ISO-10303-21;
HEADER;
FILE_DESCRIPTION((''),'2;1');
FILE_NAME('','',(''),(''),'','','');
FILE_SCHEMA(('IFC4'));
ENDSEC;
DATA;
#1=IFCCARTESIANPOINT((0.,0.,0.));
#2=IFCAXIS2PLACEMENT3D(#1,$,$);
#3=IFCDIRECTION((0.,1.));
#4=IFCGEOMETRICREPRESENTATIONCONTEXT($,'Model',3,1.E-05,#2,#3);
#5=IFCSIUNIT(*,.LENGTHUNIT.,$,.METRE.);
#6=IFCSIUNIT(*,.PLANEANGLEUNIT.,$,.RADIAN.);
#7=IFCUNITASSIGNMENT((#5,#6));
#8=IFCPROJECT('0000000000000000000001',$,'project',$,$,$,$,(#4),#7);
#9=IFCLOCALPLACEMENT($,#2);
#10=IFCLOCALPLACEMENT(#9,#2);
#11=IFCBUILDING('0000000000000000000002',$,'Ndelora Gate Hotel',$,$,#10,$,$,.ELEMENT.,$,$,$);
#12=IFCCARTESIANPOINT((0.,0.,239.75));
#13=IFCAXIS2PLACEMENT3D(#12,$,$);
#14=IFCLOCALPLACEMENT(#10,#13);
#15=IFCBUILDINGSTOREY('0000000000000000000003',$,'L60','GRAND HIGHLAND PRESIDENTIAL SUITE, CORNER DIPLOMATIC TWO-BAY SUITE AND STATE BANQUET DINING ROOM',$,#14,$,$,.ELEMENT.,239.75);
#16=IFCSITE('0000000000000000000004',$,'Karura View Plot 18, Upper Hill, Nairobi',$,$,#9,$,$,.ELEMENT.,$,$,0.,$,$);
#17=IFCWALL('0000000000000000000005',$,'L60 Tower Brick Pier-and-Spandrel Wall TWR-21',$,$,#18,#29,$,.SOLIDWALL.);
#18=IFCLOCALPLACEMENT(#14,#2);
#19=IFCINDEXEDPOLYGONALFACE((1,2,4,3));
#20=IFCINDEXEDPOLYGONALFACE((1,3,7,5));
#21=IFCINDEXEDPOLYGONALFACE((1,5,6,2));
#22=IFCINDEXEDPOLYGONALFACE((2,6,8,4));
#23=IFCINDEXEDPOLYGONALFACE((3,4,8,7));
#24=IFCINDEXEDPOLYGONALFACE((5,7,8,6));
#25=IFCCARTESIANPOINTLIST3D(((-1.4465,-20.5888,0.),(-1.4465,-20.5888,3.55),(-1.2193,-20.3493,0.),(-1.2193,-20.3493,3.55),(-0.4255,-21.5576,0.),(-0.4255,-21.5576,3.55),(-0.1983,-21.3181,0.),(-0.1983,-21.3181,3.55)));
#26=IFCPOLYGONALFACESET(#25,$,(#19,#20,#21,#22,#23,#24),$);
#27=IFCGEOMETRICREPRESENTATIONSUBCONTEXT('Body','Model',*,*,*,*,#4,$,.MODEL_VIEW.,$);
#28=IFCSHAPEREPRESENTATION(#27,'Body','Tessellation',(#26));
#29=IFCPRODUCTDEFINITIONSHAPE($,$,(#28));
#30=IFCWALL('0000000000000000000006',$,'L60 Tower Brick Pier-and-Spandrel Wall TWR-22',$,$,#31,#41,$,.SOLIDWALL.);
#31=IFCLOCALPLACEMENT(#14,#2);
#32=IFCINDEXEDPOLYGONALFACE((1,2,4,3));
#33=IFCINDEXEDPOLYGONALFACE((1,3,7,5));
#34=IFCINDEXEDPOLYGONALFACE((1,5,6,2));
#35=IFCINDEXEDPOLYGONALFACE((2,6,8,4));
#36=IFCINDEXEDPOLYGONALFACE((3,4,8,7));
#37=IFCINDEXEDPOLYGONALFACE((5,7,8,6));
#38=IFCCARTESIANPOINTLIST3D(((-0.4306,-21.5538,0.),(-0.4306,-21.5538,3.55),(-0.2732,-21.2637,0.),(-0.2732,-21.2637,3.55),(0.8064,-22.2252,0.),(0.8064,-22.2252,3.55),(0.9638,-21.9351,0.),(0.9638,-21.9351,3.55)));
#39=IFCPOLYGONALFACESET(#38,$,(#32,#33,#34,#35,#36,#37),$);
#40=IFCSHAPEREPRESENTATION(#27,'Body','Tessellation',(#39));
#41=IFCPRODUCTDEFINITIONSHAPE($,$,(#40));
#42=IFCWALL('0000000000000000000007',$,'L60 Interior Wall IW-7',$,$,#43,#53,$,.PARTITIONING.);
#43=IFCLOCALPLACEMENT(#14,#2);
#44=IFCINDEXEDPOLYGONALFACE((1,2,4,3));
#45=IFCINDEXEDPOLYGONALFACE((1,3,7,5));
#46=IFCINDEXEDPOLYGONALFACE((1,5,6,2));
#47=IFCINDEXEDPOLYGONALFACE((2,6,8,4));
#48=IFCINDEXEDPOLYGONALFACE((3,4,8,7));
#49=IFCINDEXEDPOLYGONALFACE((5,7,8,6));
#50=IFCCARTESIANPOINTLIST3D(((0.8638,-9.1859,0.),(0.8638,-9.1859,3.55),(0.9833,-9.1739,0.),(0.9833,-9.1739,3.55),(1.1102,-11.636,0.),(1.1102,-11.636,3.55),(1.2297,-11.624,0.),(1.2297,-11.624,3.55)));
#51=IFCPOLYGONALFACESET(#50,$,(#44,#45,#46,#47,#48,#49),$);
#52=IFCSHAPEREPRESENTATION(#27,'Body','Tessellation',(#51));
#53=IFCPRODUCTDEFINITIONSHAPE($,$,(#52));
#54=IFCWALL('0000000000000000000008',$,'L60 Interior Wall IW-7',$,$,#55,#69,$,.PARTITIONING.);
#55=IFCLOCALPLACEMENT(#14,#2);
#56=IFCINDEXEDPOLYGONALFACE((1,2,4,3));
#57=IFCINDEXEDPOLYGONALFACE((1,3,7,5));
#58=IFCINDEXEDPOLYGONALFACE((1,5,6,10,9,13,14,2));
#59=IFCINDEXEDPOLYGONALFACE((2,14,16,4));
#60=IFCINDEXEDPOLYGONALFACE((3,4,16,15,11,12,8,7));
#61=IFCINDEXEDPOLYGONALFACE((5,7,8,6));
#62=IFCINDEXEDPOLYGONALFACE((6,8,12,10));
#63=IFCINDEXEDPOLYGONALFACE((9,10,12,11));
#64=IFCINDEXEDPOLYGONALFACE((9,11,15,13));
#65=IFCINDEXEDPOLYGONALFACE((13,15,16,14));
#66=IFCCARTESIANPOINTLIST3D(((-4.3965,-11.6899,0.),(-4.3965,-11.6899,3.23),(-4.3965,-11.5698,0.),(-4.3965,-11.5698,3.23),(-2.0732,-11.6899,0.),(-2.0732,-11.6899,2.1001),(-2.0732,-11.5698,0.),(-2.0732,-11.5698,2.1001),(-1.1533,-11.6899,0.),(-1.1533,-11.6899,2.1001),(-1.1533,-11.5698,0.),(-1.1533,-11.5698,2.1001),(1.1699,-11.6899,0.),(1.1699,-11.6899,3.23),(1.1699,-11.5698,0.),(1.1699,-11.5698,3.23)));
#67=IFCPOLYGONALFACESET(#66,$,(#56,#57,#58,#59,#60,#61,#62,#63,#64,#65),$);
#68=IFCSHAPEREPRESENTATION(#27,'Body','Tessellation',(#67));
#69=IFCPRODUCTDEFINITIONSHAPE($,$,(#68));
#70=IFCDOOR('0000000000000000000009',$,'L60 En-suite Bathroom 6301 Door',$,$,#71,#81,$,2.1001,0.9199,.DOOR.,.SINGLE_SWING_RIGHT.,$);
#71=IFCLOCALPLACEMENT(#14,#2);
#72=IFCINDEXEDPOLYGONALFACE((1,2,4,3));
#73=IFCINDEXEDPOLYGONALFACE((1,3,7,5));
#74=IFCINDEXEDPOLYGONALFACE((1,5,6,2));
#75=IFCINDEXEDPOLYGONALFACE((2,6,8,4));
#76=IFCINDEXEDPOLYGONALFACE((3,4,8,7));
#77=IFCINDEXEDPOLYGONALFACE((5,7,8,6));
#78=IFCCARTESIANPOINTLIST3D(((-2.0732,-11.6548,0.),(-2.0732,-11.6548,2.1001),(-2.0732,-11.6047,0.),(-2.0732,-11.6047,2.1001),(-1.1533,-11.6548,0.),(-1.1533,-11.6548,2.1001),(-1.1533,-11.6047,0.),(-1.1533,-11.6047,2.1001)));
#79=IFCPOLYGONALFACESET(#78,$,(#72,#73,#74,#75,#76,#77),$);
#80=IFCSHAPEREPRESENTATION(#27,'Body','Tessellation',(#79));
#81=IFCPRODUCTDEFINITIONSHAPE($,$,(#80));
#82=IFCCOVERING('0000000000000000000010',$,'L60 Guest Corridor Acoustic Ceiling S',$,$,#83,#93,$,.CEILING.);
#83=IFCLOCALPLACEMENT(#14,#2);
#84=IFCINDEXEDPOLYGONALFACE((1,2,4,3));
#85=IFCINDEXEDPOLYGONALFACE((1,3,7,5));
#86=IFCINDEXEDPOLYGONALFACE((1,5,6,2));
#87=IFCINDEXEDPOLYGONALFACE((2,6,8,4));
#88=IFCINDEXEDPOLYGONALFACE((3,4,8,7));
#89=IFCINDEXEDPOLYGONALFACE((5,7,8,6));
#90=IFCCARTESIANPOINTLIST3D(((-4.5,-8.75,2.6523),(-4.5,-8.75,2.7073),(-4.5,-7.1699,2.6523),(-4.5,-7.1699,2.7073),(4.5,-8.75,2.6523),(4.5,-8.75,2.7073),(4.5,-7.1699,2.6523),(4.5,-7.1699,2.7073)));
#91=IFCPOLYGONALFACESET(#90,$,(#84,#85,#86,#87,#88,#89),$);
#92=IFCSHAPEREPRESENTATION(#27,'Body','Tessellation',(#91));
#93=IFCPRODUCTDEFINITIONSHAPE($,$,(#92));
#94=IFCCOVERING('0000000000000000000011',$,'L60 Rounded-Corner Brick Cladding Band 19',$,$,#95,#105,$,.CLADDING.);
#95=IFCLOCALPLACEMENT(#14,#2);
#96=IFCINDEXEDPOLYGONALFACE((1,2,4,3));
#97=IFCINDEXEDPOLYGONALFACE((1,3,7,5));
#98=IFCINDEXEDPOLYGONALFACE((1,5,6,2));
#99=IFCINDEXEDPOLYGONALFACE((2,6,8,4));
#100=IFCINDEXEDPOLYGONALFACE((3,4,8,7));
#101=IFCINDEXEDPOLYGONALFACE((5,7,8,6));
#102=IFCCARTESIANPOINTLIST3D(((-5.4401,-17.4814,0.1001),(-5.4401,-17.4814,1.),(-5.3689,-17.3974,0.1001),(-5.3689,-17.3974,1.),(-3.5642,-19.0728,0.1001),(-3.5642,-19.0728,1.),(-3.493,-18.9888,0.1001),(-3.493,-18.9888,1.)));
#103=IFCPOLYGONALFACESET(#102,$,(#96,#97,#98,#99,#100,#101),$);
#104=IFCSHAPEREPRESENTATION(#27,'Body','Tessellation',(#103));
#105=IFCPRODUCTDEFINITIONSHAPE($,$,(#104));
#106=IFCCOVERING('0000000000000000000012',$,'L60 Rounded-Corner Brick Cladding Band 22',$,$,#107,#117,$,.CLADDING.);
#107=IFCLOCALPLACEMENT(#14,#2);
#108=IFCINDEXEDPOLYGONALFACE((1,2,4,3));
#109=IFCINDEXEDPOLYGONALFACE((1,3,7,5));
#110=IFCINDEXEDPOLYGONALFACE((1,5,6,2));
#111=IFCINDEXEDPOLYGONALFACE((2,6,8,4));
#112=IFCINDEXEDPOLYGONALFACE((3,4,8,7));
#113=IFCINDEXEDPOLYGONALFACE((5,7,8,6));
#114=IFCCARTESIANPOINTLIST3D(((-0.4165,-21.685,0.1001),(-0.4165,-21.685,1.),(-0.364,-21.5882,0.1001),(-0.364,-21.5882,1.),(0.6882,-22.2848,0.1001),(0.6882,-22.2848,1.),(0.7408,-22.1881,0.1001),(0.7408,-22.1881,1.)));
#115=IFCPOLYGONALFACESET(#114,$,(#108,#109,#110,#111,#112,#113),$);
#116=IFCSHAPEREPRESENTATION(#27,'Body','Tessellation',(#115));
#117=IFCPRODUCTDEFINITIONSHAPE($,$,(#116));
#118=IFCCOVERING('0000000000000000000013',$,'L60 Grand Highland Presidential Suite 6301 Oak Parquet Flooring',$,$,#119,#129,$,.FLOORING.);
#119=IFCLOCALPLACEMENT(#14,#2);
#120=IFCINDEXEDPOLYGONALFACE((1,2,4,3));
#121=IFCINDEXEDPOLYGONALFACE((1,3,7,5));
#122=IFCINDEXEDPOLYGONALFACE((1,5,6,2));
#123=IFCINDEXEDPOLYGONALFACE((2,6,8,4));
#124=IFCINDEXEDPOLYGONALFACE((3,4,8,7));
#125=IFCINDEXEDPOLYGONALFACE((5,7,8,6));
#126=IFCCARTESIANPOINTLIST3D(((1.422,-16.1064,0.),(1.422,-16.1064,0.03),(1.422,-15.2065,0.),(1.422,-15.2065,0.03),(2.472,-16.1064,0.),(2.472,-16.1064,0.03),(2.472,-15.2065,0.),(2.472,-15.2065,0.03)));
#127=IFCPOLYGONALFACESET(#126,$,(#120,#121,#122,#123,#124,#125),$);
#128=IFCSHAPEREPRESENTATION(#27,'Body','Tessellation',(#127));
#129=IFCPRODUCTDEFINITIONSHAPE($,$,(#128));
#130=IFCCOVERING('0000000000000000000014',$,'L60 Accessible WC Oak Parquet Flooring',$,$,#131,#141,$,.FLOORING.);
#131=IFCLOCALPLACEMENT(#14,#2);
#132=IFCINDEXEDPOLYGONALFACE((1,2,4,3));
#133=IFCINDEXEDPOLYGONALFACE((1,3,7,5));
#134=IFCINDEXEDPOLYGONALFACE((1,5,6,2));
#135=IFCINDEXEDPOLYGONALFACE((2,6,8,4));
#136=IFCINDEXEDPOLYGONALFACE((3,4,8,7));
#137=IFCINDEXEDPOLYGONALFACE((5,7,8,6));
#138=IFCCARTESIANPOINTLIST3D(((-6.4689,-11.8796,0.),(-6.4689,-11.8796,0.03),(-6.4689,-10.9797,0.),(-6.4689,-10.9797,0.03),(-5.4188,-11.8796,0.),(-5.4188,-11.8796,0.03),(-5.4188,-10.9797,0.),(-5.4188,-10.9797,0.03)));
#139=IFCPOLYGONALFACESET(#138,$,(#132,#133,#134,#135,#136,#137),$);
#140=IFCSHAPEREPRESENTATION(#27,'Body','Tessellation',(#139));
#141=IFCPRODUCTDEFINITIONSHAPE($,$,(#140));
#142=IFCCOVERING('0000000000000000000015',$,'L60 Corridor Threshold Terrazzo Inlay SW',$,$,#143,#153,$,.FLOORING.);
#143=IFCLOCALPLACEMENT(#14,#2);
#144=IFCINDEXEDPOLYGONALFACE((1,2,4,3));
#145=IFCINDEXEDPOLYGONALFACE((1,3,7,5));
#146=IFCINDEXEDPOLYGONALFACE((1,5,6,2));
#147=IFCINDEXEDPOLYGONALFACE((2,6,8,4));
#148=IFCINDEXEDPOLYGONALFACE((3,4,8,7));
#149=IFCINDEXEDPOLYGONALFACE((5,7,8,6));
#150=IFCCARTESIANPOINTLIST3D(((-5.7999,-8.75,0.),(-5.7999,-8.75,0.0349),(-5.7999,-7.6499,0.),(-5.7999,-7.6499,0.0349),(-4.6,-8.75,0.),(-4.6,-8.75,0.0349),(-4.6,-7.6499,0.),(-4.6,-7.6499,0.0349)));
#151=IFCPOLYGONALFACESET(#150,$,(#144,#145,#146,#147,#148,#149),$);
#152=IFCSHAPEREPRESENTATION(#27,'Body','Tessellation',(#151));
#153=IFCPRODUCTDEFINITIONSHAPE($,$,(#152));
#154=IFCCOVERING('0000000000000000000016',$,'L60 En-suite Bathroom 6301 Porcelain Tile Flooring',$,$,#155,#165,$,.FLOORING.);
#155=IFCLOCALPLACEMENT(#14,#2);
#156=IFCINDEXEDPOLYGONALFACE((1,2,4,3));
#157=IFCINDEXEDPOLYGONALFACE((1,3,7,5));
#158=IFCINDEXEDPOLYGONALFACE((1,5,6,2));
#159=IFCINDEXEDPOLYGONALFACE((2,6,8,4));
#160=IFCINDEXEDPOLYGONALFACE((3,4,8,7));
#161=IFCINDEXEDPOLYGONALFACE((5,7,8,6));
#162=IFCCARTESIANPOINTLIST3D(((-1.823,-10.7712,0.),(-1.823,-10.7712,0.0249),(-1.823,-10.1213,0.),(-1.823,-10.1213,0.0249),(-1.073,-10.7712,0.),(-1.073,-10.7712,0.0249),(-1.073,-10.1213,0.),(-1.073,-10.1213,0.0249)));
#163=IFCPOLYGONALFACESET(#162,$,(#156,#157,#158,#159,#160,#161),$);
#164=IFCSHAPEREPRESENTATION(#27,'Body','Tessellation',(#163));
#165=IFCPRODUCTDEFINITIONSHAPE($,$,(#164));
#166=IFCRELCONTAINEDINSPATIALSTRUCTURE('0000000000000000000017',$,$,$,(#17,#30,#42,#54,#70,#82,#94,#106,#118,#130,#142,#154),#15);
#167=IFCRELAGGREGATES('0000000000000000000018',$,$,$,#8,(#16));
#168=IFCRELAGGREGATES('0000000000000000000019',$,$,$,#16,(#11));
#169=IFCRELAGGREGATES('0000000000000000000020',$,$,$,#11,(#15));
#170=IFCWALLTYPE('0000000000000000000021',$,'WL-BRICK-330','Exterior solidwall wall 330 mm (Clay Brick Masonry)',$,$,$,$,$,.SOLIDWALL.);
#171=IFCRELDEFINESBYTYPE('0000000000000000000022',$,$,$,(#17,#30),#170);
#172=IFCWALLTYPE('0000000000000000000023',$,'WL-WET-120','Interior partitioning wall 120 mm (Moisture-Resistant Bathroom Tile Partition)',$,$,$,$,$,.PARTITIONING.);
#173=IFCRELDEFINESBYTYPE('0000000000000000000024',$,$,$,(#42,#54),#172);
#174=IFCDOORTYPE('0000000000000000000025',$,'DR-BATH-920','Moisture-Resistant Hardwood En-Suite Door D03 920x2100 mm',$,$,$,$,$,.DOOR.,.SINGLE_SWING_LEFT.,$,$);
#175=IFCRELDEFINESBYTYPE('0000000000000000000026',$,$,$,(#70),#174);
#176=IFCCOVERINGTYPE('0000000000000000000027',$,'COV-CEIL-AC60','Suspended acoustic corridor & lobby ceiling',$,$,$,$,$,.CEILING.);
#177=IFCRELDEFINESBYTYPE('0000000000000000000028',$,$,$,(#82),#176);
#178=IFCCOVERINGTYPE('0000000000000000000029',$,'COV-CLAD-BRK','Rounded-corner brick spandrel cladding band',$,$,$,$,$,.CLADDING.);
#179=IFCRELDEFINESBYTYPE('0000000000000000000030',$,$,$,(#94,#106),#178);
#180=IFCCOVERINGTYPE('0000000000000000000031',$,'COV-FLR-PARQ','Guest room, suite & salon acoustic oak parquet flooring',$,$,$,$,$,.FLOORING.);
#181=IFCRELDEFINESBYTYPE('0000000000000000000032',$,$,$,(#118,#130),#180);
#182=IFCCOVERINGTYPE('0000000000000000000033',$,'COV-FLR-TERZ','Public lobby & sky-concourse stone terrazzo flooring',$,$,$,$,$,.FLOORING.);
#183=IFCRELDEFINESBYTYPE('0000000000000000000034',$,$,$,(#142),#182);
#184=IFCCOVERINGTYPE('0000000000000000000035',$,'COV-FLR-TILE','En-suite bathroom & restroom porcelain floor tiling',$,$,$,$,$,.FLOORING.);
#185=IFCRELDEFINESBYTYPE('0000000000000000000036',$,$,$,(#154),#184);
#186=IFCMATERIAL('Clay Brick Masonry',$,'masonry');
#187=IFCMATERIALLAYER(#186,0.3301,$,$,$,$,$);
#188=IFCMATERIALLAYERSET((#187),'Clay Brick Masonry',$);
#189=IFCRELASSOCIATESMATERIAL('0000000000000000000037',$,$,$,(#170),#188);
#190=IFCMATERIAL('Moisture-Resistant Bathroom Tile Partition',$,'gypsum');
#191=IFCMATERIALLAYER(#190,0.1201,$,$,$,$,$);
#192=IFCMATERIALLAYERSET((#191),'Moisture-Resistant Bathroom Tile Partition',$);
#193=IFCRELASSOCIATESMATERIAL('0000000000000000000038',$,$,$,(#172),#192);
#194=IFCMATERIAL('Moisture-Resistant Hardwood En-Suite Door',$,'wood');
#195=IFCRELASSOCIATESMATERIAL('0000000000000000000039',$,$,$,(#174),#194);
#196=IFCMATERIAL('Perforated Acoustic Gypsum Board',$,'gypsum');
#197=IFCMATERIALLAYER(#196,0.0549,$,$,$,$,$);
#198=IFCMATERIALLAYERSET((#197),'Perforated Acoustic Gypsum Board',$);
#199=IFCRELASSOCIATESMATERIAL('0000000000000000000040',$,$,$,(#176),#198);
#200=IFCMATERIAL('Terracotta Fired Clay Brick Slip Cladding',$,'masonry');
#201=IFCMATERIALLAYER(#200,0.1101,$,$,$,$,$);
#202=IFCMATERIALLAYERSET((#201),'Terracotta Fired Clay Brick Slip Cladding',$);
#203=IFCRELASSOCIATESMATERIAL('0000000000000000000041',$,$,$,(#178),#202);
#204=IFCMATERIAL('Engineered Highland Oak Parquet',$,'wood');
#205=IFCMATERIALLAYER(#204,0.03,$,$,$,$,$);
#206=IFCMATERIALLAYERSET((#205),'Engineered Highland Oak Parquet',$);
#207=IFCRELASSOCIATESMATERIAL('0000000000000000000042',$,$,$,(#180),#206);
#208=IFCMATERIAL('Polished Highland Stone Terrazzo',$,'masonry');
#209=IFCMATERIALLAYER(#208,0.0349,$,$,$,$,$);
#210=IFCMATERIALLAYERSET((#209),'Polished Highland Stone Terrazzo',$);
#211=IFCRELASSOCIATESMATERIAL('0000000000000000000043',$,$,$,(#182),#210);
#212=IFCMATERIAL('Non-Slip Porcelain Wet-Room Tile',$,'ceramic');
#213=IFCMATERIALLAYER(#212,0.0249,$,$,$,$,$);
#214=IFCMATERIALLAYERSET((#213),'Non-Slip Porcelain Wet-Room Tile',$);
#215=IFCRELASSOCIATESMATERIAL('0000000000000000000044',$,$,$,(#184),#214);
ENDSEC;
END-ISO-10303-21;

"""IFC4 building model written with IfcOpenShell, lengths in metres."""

from ifc_helpers import new_model, si_unit, direction, frame, frame_2d, origin, origin_2d, place, context, subcontext, project, spatial, rectangle, extrude, material, layer, layer_set, type_object, element, fill, save


model = new_model("IFC4")

# Units and contexts
model_context = context("Model", 3, precision=1e-05, world=origin(), true_north=direction((0.0, 1.0)))
body_context = subcontext(model_context, "Body", "Model", "MODEL_VIEW")
ifc_project = project(units=[si_unit("LENGTHUNIT", "METRE"), si_unit("PLANEANGLEUNIT", "RADIAN")], contexts=[model_context])

# Site, building, storey
site_placement = place(None, origin())
site = spatial("IfcSite", under=ifc_project, at=site_placement, Name="Karura View Plot 18, Upper Hill, Nairobi", CompositionType="ELEMENT", RefElevation=0.0)
building_placement = place(site_placement, origin())
building = spatial("IfcBuilding", under=site, at=building_placement, Name="Ndelora Gate Hotel", CompositionType="ELEMENT")
storey_placement = place(building_placement, frame((0.0, 0.0, 239.75)))
storey = spatial("IfcBuildingStorey", under=building, at=storey_placement, Name="L60", Description="GRAND HIGHLAND PRESIDENTIAL SUITE, CORNER DIPLOMATIC TWO-BAY SUITE AND STATE BANQUET DINING ROOM", CompositionType="ELEMENT", Elevation=239.75)

# Shared definitions
ifc_material_1 = material(Name="Clay Brick Masonry", Category="masonry")
ifc_layer_1 = layer(ifc_material_1, 0.3301)
ifc_layer_set_1 = layer_set([ifc_layer_1], Name="Clay Brick Masonry")
wall_type_1 = type_object("IfcWallType", Name="WL-BRICK-330", Description="Exterior solidwall wall 330 mm (Clay Brick Masonry)", PredefinedType="SOLIDWALL", material=ifc_layer_set_1)

# Walls
for number, where, z_axis, x_axis, name in (
    (1, (-0.312, -21.4377, 0.0), (0.0, 0.0, 1.0), (-0.725424, 0.688303, 0.0), "L60 Tower Brick Pier-and-Spandrel Wall TWR-21"),
    (2, (0.885, -22.0801, 0.0), (0.0, 0.0, 1.0), (-0.878901, 0.477004, 0.0), "L60 Tower Brick Pier-and-Spandrel Wall TWR-22"),
):
    element("IfcWall", number, at=place(storey_placement, frame(where, z_axis=z_axis, x_axis=x_axis)), inside=storey, type_object=wall_type_1, Name=name, PredefinedType="SOLIDWALL", context=body_context, shape_type="SweptSolid", body=[
        extrude(rectangle(XDim=1.4075, YDim=0.3301, at=frame_2d((0.7036, 0.0))), origin(), (0.0, 0.0, 1.0), 3.55),
    ])
ifc_material_2 = material(Name="Moisture-Resistant Bathroom Tile Partition", Category="gypsum")
ifc_layer_2 = layer(ifc_material_2, 0.1201)
ifc_layer_set_2 = layer_set([ifc_layer_2], Name="Moisture-Resistant Bathroom Tile Partition")
wall_type_2 = type_object("IfcWallType", Name="WL-WET-120", Description="Interior partitioning wall 120 mm (Moisture-Resistant Bathroom Tile Partition)", PredefinedType="PARTITIONING", material=ifc_layer_set_2)
wall_1_placement = place(storey_placement, frame((0.9236, -9.1799, 0.0), z_axis=(0.0, 0.0, 1.0), x_axis=(0.100044, -0.994983, 0.0)))
element("IfcWall", 3, at=wall_1_placement, inside=storey, type_object=wall_type_2, Name="L60 Interior Wall IW-7", PredefinedType="PARTITIONING", context=body_context, shape_type="SweptSolid", body=[
    extrude(rectangle(XDim=2.4624, YDim=0.1201, at=frame_2d((1.2312, 0.0))), origin(), (0.0, 0.0, 1.0), 3.55),
])

# Wall, opening, door
wall_2_placement = place(storey_placement, frame((1.1699, -11.6299, 0.0), z_axis=(0.0, 0.0, 1.0), x_axis=(-1.0, 0.0, 0.0)))
wall_2 = element("IfcWall", 4, at=wall_2_placement, inside=storey, type_object=wall_type_2, Name="L60 Interior Wall IW-7", PredefinedType="PARTITIONING", context=body_context, shape_type="SweptSolid", body=[
    extrude(rectangle(XDim=5.5664, YDim=0.1201, at=frame_2d((2.7832, 0.0))), origin(), (0.0, 0.0, 1.0), 3.23),
])
opening_1_placement = place(wall_2_placement, frame((2.3232, 0.0, 0.0)))
opening_1 = element("IfcOpeningElement", 5, at=opening_1_placement, cuts=wall_2, PredefinedType="OPENING", context=body_context, shape_type="SweptSolid", body=[
    extrude(rectangle(XDim=0.9199, YDim=2.1001, at=frame_2d((0.46, 1.05))), frame((0.0, 0.0701, 0.0), z_axis=(0.0, -1.0, 0.0), x_axis=(1.0, 0.0, 0.0)), (0.0, 0.0, 1.0), 0.1401),
])
ifc_material_3 = material(Name="Moisture-Resistant Hardwood En-Suite Door", Category="wood")
door_type = type_object("IfcDoorType", Name="DR-BATH-920", Description="Moisture-Resistant Hardwood En-Suite Door D03 920x2100 mm", OperationType="SINGLE_SWING_LEFT", PredefinedType="DOOR", material=ifc_material_3)
door_placement = place(opening_1_placement, origin())
door = element("IfcDoor", 6, at=door_placement, inside=storey, type_object=door_type, Name="L60 En-suite Bathroom 6301 Door", OperationType="SINGLE_SWING_RIGHT", OverallHeight=2.1001, OverallWidth=0.9199, PredefinedType="DOOR", context=body_context, shape_type="SweptSolid", body=[
    extrude(rectangle(XDim=0.9199, YDim=2.1001, at=frame_2d((0.46, 1.05))), frame((0.0, 0.0249, 0.0), z_axis=(0.0, -1.0, 0.0), x_axis=(1.0, 0.0, 0.0)), (0.0, 0.0, 1.0), 0.05),
])
fill(opening_1, door)

# Coverings
ifc_material_4 = material(Name="Perforated Acoustic Gypsum Board", Category="gypsum")
ifc_layer_3 = layer(ifc_material_4, 0.0549)
ifc_layer_set_3 = layer_set([ifc_layer_3], Name="Perforated Acoustic Gypsum Board")
covering_type_1 = type_object("IfcCoveringType", Name="COV-CEIL-AC60", Description="Suspended acoustic corridor & lobby ceiling", PredefinedType="CEILING", material=ifc_layer_set_3)
covering_1_placement = place(storey_placement, frame((0.0, -7.96, 2.6523), z_axis=(0.0, 0.0, 1.0), x_axis=(1.0, 0.0, 0.0)))
element("IfcCovering", 7, at=covering_1_placement, inside=storey, type_object=covering_type_1, Name="L60 Guest Corridor Acoustic Ceiling S", PredefinedType="CEILING", context=body_context, shape_type="SweptSolid", body=[
    extrude(rectangle(XDim=9.0, YDim=1.5801, at=origin_2d()), origin(), (0.0, 0.0, 1.0), 0.0549),
])
ifc_material_5 = material(Name="Terracotta Fired Clay Brick Slip Cladding", Category="masonry")
ifc_layer_4 = layer(ifc_material_5, 0.1101)
ifc_layer_set_4 = layer_set([ifc_layer_4], Name="Terracotta Fired Clay Brick Slip Cladding")
covering_type_2 = type_object("IfcCoveringType", Name="COV-CLAD-BRK", Description="Rounded-corner brick spandrel cladding band", PredefinedType="CLADDING", material=ifc_layer_set_4)
covering_2_placement = place(storey_placement, frame((-4.4666, -18.2351, 0.1001), z_axis=(0.0, 0.0, 1.0), x_axis=(-0.762555, 0.646923, 0.0)))
element("IfcCovering", 8, at=covering_2_placement, inside=storey, type_object=covering_type_2, Name="L60 Rounded-Corner Brick Cladding Band 19", PredefinedType="CLADDING", context=body_context, shape_type="SweptSolid", body=[
    extrude(rectangle(XDim=2.46, YDim=0.1101, at=origin_2d()), origin(), (0.0, 0.0, 1.0), 0.8999),
])
covering_3_placement = place(storey_placement, frame((0.1621, -21.9365, 0.1001), z_axis=(0.0, 0.0, 1.0), x_axis=(-0.878817, 0.477159, 0.0)))
element("IfcCovering", 9, at=covering_3_placement, inside=storey, type_object=covering_type_2, Name="L60 Rounded-Corner Brick Cladding Band 22", PredefinedType="CLADDING", context=body_context, shape_type="SweptSolid", body=[
    extrude(rectangle(XDim=1.2571, YDim=0.1101, at=origin_2d()), origin(), (0.0, 0.0, 1.0), 0.8999),
])
ifc_material_6 = material(Name="Engineered Highland Oak Parquet", Category="wood")
ifc_layer_5 = layer(ifc_material_6, 0.03)
ifc_layer_set_5 = layer_set([ifc_layer_5], Name="Engineered Highland Oak Parquet")
covering_type_3 = type_object("IfcCoveringType", Name="COV-FLR-PARQ", Description="Guest room, suite & salon acoustic oak parquet flooring", PredefinedType="FLOORING", material=ifc_layer_set_5)
for number, where, z_axis, x_axis, name in (
    (10, (1.947, -15.6565, 0.0), (0.0, 0.0, 1.0), (1.0, 0.0, 0.0), "L60 Grand Highland Presidential Suite 6301 Oak Parquet Flooring"),
    (11, (-5.9438, -11.4297, 0.0), (0.0, 0.0, 1.0), (1.0, 0.0, 0.0), "L60 Accessible WC Oak Parquet Flooring"),
):
    element("IfcCovering", number, at=place(storey_placement, frame(where, z_axis=z_axis, x_axis=x_axis)), inside=storey, type_object=covering_type_3, Name=name, PredefinedType="FLOORING", context=body_context, shape_type="SweptSolid", body=[
        extrude(rectangle(XDim=1.05, YDim=0.8999, at=origin_2d()), origin(), (0.0, 0.0, 1.0), 0.03),
    ])
ifc_material_7 = material(Name="Polished Highland Stone Terrazzo", Category="masonry")
ifc_layer_6 = layer(ifc_material_7, 0.0349)
ifc_layer_set_6 = layer_set([ifc_layer_6], Name="Polished Highland Stone Terrazzo")
covering_type_4 = type_object("IfcCoveringType", Name="COV-FLR-TERZ", Description="Public lobby & sky-concourse stone terrazzo flooring", PredefinedType="FLOORING", material=ifc_layer_set_6)
covering_4_placement = place(storey_placement, frame((-5.2, -8.2, 0.0), z_axis=(0.0, 0.0, 1.0), x_axis=(1.0, 0.0, 0.0)))
element("IfcCovering", 12, at=covering_4_placement, inside=storey, type_object=covering_type_4, Name="L60 Corridor Threshold Terrazzo Inlay SW", PredefinedType="FLOORING", context=body_context, shape_type="SweptSolid", body=[
    extrude(rectangle(XDim=1.2, YDim=1.1001, at=origin_2d()), origin(), (0.0, 0.0, 1.0), 0.0349),
])
ifc_material_8 = material(Name="Non-Slip Porcelain Wet-Room Tile", Category="ceramic")
ifc_layer_7 = layer(ifc_material_8, 0.0249)
ifc_layer_set_7 = layer_set([ifc_layer_7], Name="Non-Slip Porcelain Wet-Room Tile")
covering_type_5 = type_object("IfcCoveringType", Name="COV-FLR-TILE", Description="En-suite bathroom & restroom porcelain floor tiling", PredefinedType="FLOORING", material=ifc_layer_set_7)
covering_5_placement = place(storey_placement, frame((-1.448, -10.4463, 0.0), z_axis=(0.0, 0.0, 1.0), x_axis=(1.0, 0.0, 0.0)))
element("IfcCovering", 13, at=covering_5_placement, inside=storey, type_object=covering_type_5, Name="L60 En-suite Bathroom 6301 Porcelain Tile Flooring", PredefinedType="FLOORING", context=body_context, shape_type="SweptSolid", body=[
    extrude(rectangle(XDim=0.75, YDim=0.6499, at=origin_2d()), origin(), (0.0, 0.0, 1.0), 0.0249),
])

save(model, "model.ifc")
